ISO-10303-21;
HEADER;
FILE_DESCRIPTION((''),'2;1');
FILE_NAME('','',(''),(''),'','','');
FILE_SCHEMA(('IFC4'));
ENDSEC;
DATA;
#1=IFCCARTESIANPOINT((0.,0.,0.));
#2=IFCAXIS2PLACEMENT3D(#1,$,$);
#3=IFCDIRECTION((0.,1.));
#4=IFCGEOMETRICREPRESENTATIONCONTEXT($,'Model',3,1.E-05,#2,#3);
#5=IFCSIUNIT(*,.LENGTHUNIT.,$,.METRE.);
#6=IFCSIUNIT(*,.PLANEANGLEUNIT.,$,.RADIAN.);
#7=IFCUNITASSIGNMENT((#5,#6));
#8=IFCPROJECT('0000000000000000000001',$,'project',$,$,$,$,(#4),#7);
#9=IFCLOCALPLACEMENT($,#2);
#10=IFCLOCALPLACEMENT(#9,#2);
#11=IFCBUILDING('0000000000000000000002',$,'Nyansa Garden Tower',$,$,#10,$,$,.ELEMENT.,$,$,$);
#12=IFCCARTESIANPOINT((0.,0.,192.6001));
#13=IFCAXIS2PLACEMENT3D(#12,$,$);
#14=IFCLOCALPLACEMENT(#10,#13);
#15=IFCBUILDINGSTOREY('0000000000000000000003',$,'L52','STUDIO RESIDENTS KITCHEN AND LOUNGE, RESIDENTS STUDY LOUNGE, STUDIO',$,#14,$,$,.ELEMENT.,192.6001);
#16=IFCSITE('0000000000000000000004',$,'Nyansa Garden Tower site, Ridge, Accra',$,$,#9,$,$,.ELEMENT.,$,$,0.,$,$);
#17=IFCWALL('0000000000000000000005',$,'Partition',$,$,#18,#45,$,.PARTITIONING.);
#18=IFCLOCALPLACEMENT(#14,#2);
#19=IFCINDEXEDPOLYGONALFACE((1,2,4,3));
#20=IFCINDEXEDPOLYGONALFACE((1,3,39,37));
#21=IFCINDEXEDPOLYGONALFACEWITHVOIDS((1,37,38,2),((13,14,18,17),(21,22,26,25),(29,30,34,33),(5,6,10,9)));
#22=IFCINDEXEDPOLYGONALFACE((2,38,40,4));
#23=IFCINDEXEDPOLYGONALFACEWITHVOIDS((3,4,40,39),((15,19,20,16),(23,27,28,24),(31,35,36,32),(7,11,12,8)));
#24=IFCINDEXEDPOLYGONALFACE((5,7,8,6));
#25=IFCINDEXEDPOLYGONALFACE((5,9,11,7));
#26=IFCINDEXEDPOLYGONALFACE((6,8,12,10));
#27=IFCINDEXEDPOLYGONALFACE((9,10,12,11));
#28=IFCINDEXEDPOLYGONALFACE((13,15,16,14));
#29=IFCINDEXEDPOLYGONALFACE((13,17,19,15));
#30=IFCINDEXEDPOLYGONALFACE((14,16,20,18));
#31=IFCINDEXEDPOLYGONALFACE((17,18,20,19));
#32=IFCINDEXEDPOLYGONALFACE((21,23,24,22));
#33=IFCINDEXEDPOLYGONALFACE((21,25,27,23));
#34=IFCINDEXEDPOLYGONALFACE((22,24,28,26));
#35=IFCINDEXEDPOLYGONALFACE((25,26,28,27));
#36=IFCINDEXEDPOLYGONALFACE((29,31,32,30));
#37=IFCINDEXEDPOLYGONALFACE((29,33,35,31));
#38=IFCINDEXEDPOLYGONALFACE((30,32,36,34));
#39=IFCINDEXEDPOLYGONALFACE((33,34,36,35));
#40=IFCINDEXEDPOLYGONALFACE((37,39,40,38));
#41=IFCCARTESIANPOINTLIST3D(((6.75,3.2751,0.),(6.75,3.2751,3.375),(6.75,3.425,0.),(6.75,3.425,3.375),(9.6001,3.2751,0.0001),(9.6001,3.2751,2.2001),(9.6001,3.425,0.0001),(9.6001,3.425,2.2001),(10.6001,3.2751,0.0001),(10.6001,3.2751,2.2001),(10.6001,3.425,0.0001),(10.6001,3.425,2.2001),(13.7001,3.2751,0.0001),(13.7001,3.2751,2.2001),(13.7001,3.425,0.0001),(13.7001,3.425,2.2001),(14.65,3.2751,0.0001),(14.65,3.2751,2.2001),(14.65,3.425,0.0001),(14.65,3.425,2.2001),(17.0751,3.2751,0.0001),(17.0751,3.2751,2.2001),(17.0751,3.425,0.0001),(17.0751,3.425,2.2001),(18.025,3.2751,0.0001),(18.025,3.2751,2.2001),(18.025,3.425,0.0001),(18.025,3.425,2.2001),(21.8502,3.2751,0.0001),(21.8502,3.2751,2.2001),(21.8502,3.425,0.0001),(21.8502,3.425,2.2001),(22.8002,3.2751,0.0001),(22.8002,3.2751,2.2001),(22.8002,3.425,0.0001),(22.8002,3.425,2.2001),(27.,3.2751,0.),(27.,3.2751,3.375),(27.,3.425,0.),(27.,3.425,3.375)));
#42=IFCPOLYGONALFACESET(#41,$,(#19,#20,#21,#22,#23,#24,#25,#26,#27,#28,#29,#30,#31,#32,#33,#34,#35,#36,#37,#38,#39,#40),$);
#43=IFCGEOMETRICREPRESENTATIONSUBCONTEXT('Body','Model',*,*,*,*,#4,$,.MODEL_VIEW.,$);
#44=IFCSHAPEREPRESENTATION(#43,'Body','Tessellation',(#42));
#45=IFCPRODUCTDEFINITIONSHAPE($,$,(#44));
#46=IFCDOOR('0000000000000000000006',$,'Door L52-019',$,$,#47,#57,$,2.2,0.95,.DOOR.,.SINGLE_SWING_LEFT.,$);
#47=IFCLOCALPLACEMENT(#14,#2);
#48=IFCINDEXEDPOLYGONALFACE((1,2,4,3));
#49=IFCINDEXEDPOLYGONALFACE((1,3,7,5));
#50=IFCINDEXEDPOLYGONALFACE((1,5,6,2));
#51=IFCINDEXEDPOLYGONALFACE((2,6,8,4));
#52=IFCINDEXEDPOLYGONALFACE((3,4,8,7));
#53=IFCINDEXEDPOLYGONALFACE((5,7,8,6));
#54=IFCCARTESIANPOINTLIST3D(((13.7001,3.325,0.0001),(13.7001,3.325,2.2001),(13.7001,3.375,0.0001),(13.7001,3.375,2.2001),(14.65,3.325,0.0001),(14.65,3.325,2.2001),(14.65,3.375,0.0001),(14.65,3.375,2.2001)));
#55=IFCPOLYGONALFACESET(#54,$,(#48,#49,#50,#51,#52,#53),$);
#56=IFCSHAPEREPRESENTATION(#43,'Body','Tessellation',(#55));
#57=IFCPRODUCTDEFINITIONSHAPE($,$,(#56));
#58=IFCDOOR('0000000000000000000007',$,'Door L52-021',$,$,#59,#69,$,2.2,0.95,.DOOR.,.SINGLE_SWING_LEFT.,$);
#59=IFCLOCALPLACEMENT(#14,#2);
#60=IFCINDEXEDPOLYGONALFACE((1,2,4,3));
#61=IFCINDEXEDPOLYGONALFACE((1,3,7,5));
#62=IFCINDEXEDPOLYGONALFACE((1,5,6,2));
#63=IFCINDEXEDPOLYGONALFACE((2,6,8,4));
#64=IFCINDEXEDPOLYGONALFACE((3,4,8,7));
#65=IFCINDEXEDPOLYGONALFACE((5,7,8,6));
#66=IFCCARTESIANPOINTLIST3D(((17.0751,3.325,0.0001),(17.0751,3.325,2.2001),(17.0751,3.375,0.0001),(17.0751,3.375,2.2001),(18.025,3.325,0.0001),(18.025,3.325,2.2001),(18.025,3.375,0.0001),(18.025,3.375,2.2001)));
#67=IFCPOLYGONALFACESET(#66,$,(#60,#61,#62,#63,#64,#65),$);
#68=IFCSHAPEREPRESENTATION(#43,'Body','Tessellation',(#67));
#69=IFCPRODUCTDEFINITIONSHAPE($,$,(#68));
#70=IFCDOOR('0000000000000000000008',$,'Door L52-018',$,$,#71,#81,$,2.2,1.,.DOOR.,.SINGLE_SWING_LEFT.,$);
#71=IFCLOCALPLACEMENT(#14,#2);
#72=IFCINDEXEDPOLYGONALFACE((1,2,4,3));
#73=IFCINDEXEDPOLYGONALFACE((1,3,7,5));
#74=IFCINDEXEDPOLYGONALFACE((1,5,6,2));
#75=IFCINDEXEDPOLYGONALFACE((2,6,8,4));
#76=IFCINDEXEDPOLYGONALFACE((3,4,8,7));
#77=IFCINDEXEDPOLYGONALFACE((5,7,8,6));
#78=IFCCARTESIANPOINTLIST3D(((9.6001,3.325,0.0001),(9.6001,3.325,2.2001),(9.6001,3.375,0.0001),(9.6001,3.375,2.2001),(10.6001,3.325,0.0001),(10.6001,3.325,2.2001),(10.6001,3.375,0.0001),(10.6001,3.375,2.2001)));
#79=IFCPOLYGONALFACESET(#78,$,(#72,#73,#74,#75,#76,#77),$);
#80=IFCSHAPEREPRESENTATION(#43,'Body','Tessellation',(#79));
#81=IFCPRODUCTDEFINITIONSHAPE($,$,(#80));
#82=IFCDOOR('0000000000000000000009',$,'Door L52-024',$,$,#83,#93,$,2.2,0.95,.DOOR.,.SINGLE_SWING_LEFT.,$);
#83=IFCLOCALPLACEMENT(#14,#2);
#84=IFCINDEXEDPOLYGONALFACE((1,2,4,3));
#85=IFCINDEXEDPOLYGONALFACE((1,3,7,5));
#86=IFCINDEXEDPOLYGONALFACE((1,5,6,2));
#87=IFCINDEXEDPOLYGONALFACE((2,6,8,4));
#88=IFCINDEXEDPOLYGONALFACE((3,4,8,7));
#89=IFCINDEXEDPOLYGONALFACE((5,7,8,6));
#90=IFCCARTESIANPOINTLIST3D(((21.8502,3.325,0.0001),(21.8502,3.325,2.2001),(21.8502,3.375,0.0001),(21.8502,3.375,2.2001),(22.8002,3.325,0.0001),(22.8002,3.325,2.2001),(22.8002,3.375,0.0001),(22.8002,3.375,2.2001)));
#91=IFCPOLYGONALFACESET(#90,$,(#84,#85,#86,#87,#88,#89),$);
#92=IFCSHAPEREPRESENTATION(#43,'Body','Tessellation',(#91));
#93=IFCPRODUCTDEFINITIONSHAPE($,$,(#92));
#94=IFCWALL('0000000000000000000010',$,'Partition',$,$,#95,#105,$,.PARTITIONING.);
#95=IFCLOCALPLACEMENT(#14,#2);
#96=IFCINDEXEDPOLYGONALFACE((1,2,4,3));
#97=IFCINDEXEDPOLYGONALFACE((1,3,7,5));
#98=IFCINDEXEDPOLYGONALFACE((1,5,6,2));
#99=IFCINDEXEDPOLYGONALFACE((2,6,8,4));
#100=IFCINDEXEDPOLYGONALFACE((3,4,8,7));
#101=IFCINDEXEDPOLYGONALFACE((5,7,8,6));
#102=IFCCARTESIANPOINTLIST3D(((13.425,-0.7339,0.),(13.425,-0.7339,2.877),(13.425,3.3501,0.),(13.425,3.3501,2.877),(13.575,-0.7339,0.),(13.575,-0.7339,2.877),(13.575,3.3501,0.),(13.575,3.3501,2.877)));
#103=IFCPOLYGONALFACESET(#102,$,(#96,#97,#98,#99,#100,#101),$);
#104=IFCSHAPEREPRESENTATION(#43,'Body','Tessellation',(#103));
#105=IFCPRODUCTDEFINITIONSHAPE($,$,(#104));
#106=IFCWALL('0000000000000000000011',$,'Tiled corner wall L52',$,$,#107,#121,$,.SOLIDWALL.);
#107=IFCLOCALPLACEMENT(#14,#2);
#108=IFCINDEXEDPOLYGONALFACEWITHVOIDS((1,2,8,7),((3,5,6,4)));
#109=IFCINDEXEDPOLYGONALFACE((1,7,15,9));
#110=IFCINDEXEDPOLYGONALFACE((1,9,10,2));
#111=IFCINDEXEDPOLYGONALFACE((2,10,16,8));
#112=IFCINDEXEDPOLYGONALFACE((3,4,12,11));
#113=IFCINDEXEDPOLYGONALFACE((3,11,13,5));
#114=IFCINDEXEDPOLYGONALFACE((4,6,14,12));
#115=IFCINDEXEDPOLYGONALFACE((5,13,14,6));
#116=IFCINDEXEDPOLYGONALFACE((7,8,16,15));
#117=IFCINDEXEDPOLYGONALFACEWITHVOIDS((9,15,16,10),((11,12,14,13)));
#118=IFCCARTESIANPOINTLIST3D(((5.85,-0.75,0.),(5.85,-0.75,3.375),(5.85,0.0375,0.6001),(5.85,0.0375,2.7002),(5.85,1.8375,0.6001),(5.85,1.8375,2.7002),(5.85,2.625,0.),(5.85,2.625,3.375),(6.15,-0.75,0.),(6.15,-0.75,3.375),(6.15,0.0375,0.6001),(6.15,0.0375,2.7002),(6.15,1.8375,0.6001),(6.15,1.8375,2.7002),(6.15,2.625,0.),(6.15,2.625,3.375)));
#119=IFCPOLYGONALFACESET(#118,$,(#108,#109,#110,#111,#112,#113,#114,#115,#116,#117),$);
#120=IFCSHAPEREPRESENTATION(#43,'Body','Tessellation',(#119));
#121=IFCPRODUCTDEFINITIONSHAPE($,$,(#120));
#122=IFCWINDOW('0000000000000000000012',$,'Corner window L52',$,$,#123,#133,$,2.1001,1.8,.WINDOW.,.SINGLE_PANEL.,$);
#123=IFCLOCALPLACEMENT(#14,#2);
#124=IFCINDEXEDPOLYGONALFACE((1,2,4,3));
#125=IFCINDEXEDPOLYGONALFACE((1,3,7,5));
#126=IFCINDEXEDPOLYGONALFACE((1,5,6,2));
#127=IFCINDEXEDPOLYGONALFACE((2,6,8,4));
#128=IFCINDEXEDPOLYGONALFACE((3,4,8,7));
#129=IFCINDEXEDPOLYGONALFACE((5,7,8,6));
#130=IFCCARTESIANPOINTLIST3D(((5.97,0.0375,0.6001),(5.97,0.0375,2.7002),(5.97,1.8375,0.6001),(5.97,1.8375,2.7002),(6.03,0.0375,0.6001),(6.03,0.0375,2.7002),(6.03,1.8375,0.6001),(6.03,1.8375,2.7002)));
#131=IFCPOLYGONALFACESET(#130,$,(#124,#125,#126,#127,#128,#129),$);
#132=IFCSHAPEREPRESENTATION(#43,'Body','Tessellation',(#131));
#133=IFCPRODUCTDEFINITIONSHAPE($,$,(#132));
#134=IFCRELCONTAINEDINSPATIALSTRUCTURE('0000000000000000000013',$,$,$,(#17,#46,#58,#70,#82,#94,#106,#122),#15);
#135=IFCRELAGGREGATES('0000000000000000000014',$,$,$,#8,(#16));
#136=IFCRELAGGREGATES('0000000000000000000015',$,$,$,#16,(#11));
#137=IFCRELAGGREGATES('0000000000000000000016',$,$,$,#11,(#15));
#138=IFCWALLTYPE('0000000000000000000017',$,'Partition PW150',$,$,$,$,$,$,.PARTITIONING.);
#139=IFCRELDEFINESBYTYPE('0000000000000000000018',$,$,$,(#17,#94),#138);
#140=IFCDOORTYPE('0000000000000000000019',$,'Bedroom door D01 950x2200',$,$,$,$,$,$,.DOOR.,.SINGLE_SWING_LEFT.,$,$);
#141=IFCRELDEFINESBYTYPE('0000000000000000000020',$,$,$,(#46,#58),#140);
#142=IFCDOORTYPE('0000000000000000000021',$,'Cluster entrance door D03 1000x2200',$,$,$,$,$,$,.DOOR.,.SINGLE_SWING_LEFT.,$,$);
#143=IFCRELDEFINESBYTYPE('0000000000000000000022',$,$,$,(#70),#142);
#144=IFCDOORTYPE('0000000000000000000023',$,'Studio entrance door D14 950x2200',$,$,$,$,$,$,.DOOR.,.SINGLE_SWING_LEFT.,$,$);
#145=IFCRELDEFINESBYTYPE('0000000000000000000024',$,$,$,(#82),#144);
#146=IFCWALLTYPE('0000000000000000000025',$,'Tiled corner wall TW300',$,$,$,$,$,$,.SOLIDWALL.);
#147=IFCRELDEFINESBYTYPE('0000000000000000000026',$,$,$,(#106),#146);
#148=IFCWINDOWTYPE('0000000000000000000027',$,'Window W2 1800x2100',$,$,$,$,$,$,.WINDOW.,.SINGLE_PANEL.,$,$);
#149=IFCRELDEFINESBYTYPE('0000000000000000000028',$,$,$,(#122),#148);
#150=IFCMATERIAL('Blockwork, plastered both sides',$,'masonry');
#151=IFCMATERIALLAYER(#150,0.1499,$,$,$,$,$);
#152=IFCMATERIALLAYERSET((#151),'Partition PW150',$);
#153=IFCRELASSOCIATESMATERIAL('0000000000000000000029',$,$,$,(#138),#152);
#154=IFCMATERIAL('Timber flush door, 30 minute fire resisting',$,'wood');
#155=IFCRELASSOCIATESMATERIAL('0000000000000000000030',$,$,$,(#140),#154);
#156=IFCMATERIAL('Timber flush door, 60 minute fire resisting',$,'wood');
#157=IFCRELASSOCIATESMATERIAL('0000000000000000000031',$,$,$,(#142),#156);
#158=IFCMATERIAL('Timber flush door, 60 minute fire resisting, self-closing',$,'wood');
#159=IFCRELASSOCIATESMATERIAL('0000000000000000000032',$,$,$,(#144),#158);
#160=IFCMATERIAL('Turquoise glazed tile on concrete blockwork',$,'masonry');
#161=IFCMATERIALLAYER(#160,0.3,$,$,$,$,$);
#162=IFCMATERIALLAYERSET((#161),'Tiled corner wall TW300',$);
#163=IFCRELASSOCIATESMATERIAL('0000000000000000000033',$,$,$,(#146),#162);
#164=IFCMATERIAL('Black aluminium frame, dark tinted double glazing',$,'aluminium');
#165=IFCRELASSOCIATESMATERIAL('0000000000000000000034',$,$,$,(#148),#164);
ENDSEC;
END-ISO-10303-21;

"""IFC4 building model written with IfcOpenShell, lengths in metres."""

from ifc_helpers import new_model, si_unit, direction, frame, frame_2d, origin, place, context, subcontext, project, spatial, rectangle, extrude, material, layer, layer_set, type_object, element, fill, save


model = new_model("IFC4")

# Units and contexts
model_context = context("Model", 3, precision=1e-05, world=origin(), true_north=direction((0.0, 1.0)))
body_context = subcontext(model_context, "Body", "Model", "MODEL_VIEW")
ifc_project = project(units=[si_unit("LENGTHUNIT", "METRE"), si_unit("PLANEANGLEUNIT", "RADIAN")], contexts=[model_context])

# Site, building, storey
site_placement = place(None, origin())
site = spatial("IfcSite", under=ifc_project, at=site_placement, Name="Nyansa Garden Tower site, Ridge, Accra", CompositionType="ELEMENT", RefElevation=0.0)
building_placement = place(site_placement, origin())
building = spatial("IfcBuilding", under=site, at=building_placement, Name="Nyansa Garden Tower", CompositionType="ELEMENT")
storey_placement = place(building_placement, frame((0.0, 0.0, 192.6001)))
storey = spatial("IfcBuildingStorey", under=building, at=storey_placement, Name="L52", Description="STUDIO RESIDENTS KITCHEN AND LOUNGE, RESIDENTS STUDY LOUNGE, STUDIO", CompositionType="ELEMENT", Elevation=192.6001)

# Shared definitions
ifc_material_1 = material(Name="Blockwork, plastered both sides", Category="masonry")
ifc_layer_1 = layer(ifc_material_1, 0.1499)
ifc_layer_set_1 = layer_set([ifc_layer_1], Name="Partition PW150")
wall_type_1 = type_object("IfcWallType", Name="Partition PW150", PredefinedType="PARTITIONING", material=ifc_layer_set_1)

# Wall, openings, doors
wall_1_placement = place(storey_placement, frame((6.75, 3.3501, 0.0), z_axis=(0.0, 0.0, 1.0), x_axis=(1.0, 0.0, 0.0)))
wall_1 = element("IfcWall", 1, at=wall_1_placement, inside=storey, type_object=wall_type_1, Name="Partition", PredefinedType="PARTITIONING", context=body_context, shape_type="SweptSolid", body=[
    extrude(rectangle(XDim=20.25, YDim=0.1499, at=frame_2d((10.125, 0.0))), origin(), (0.0, 0.0, 1.0), 3.375),
])
opening_1_placement = place(wall_1_placement, frame((2.8501, 0.0, 0.0)))
opening_1 = element("IfcOpeningElement", 2, at=opening_1_placement, cuts=wall_1, PredefinedType="OPENING", context=body_context, shape_type="SweptSolid", body=[
    extrude(rectangle(XDim=1.0, YDim=2.2, at=frame_2d((0.5, 1.1001))), frame((0.0, 0.085, 0.0), z_axis=(0.0, -1.0, 0.0), x_axis=(1.0, 0.0, 0.0)), (0.0, 0.0, 1.0), 0.1699),
])
opening_2_placement = place(wall_1_placement, frame((6.95, 0.0, 0.0)))
opening_2 = element("IfcOpeningElement", 3, at=opening_2_placement, cuts=wall_1, PredefinedType="OPENING", context=body_context, shape_type="SweptSolid", body=[
    extrude(rectangle(XDim=0.95, YDim=2.2, at=frame_2d((0.4751, 1.1001))), frame((0.0, 0.085, 0.0), z_axis=(0.0, -1.0, 0.0), x_axis=(1.0, 0.0, 0.0)), (0.0, 0.0, 1.0), 0.1699),
])
opening_3_placement = place(wall_1_placement, frame((10.325, 0.0, 0.0)))
opening_3 = element("IfcOpeningElement", 4, at=opening_3_placement, cuts=wall_1, PredefinedType="OPENING", context=body_context, shape_type="SweptSolid", body=[
    extrude(rectangle(XDim=0.95, YDim=2.2, at=frame_2d((0.4751, 1.1001))), frame((0.0, 0.085, 0.0), z_axis=(0.0, -1.0, 0.0), x_axis=(1.0, 0.0, 0.0)), (0.0, 0.0, 1.0), 0.1699),
])
opening_4_placement = place(wall_1_placement, frame((15.1001, 0.0, 0.0)))
opening_4 = element("IfcOpeningElement", 5, at=opening_4_placement, cuts=wall_1, PredefinedType="OPENING", context=body_context, shape_type="SweptSolid", body=[
    extrude(rectangle(XDim=0.95, YDim=2.2, at=frame_2d((0.4751, 1.1001))), frame((0.0, 0.085, 0.0), z_axis=(0.0, -1.0, 0.0), x_axis=(1.0, 0.0, 0.0)), (0.0, 0.0, 1.0), 0.1699),
])
ifc_material_2 = material(Name="Timber flush door, 30 minute fire resisting", Category="wood")
door_type_1 = type_object("IfcDoorType", Name="Bedroom door D01 950x2200", OperationType="SINGLE_SWING_LEFT", PredefinedType="DOOR", material=ifc_material_2)
door_1_placement = place(opening_2_placement, origin())
door_1 = element("IfcDoor", 6, at=door_1_placement, inside=storey, type_object=door_type_1, Name="Door L52-019", OperationType="SINGLE_SWING_LEFT", OverallHeight=2.2, OverallWidth=0.95, PredefinedType="DOOR", context=body_context, shape_type="SweptSolid", body=[
    extrude(rectangle(XDim=0.95, YDim=2.2, at=frame_2d((0.4751, 1.1001))), frame((0.0, 0.0249, 0.0), z_axis=(0.0, -1.0, 0.0), x_axis=(1.0, 0.0, 0.0)), (0.0, 0.0, 1.0), 0.05),
])
fill(opening_2, door_1)
door_2_placement = place(opening_3_placement, origin())
door_2 = element("IfcDoor", 7, at=door_2_placement, inside=storey, type_object=door_type_1, Name="Door L52-021", OperationType="SINGLE_SWING_LEFT", OverallHeight=2.2, OverallWidth=0.95, PredefinedType="DOOR", context=body_context, shape_type="SweptSolid", body=[
    extrude(rectangle(XDim=0.95, YDim=2.2, at=frame_2d((0.4751, 1.1001))), frame((0.0, 0.0249, 0.0), z_axis=(0.0, -1.0, 0.0), x_axis=(1.0, 0.0, 0.0)), (0.0, 0.0, 1.0), 0.05),
])
fill(opening_3, door_2)
ifc_material_3 = material(Name="Timber flush door, 60 minute fire resisting", Category="wood")
door_type_2 = type_object("IfcDoorType", Name="Cluster entrance door D03 1000x2200", OperationType="SINGLE_SWING_LEFT", PredefinedType="DOOR", material=ifc_material_3)
door_3_placement = place(opening_1_placement, origin())
door_3 = element("IfcDoor", 8, at=door_3_placement, inside=storey, type_object=door_type_2, Name="Door L52-018", OperationType="SINGLE_SWING_LEFT", OverallHeight=2.2, OverallWidth=1.0, PredefinedType="DOOR", context=body_context, shape_type="SweptSolid", body=[
    extrude(rectangle(XDim=1.0, YDim=2.2, at=frame_2d((0.5, 1.1001))), frame((0.0, 0.0249, 0.0), z_axis=(0.0, -1.0, 0.0), x_axis=(1.0, 0.0, 0.0)), (0.0, 0.0, 1.0), 0.05),
])
fill(opening_1, door_3)
ifc_material_4 = material(Name="Timber flush door, 60 minute fire resisting, self-closing", Category="wood")
door_type_3 = type_object("IfcDoorType", Name="Studio entrance door D14 950x2200", OperationType="SINGLE_SWING_LEFT", PredefinedType="DOOR", material=ifc_material_4)
door_4_placement = place(opening_4_placement, origin())
door_4 = element("IfcDoor", 9, at=door_4_placement, inside=storey, type_object=door_type_3, Name="Door L52-024", OperationType="SINGLE_SWING_LEFT", OverallHeight=2.2, OverallWidth=0.95, PredefinedType="DOOR", context=body_context, shape_type="SweptSolid", body=[
    extrude(rectangle(XDim=0.95, YDim=2.2, at=frame_2d((0.4751, 1.1001))), frame((0.0, 0.0249, 0.0), z_axis=(0.0, -1.0, 0.0), x_axis=(1.0, 0.0, 0.0)), (0.0, 0.0, 1.0), 0.05),
])
fill(opening_4, door_4)

# Wall
wall_2_placement = place(storey_placement, frame((13.5, -0.7339, 0.0), z_axis=(0.0, 0.0, 1.0), x_axis=(0.0, 1.0, 0.0)))
element("IfcWall", 10, at=wall_2_placement, inside=storey, type_object=wall_type_1, Name="Partition", PredefinedType="PARTITIONING", context=body_context, shape_type="SweptSolid", body=[
    extrude(rectangle(XDim=4.084, YDim=0.1499, at=frame_2d((2.042, 0.0))), origin(), (0.0, 0.0, 1.0), 2.877),
])

# Wall, opening, window
ifc_material_5 = material(Name="Turquoise glazed tile on concrete blockwork", Category="masonry")
ifc_layer_2 = layer(ifc_material_5, 0.3)
ifc_layer_set_2 = layer_set([ifc_layer_2], Name="Tiled corner wall TW300")
wall_type_2 = type_object("IfcWallType", Name="Tiled corner wall TW300", PredefinedType="SOLIDWALL", material=ifc_layer_set_2)
wall_3_placement = place(storey_placement, frame((6.0, 2.625, 0.0), z_axis=(0.0, 0.0, 1.0), x_axis=(0.0, -1.0, 0.0)))
wall_3 = element("IfcWall", 11, at=wall_3_placement, inside=storey, type_object=wall_type_2, Name="Tiled corner wall L52", PredefinedType="SOLIDWALL", context=body_context, shape_type="SweptSolid", body=[
    extrude(rectangle(XDim=3.375, YDim=0.3, at=frame_2d((1.6875, 0.0))), origin(), (0.0, 0.0, 1.0), 3.375),
])
opening_5_placement = place(wall_3_placement, frame((0.7876, 0.0, 0.6001)))
opening_5 = element("IfcOpeningElement", 12, at=opening_5_placement, cuts=wall_3, PredefinedType="OPENING", context=body_context, shape_type="SweptSolid", body=[
    extrude(rectangle(XDim=1.8, YDim=2.1001, at=frame_2d((0.8999, 1.05))), frame((0.0, 0.1599, 0.0), z_axis=(0.0, -1.0, 0.0), x_axis=(1.0, 0.0, 0.0)), (0.0, 0.0, 1.0), 0.3201),
])
ifc_material_6 = material(Name="Black aluminium frame, dark tinted double glazing", Category="aluminium")
window_type = type_object("IfcWindowType", Name="Window W2 1800x2100", PartitioningType="SINGLE_PANEL", PredefinedType="WINDOW", material=ifc_material_6)
window_placement = place(opening_5_placement, origin())
window = element("IfcWindow", 13, at=window_placement, inside=storey, type_object=window_type, Name="Corner window L52", OverallHeight=2.1001, OverallWidth=1.8, PartitioningType="SINGLE_PANEL", PredefinedType="WINDOW", context=body_context, shape_type="SweptSolid", body=[
    extrude(rectangle(XDim=1.8, YDim=2.1001, at=frame_2d((0.8999, 1.05))), frame((0.0, 0.03, 0.0), z_axis=(0.0, -1.0, 0.0), x_axis=(1.0, 0.0, 0.0)), (0.0, 0.0, 1.0), 0.0601),
])
fill(opening_5, window)

save(model, "model.ifc")
